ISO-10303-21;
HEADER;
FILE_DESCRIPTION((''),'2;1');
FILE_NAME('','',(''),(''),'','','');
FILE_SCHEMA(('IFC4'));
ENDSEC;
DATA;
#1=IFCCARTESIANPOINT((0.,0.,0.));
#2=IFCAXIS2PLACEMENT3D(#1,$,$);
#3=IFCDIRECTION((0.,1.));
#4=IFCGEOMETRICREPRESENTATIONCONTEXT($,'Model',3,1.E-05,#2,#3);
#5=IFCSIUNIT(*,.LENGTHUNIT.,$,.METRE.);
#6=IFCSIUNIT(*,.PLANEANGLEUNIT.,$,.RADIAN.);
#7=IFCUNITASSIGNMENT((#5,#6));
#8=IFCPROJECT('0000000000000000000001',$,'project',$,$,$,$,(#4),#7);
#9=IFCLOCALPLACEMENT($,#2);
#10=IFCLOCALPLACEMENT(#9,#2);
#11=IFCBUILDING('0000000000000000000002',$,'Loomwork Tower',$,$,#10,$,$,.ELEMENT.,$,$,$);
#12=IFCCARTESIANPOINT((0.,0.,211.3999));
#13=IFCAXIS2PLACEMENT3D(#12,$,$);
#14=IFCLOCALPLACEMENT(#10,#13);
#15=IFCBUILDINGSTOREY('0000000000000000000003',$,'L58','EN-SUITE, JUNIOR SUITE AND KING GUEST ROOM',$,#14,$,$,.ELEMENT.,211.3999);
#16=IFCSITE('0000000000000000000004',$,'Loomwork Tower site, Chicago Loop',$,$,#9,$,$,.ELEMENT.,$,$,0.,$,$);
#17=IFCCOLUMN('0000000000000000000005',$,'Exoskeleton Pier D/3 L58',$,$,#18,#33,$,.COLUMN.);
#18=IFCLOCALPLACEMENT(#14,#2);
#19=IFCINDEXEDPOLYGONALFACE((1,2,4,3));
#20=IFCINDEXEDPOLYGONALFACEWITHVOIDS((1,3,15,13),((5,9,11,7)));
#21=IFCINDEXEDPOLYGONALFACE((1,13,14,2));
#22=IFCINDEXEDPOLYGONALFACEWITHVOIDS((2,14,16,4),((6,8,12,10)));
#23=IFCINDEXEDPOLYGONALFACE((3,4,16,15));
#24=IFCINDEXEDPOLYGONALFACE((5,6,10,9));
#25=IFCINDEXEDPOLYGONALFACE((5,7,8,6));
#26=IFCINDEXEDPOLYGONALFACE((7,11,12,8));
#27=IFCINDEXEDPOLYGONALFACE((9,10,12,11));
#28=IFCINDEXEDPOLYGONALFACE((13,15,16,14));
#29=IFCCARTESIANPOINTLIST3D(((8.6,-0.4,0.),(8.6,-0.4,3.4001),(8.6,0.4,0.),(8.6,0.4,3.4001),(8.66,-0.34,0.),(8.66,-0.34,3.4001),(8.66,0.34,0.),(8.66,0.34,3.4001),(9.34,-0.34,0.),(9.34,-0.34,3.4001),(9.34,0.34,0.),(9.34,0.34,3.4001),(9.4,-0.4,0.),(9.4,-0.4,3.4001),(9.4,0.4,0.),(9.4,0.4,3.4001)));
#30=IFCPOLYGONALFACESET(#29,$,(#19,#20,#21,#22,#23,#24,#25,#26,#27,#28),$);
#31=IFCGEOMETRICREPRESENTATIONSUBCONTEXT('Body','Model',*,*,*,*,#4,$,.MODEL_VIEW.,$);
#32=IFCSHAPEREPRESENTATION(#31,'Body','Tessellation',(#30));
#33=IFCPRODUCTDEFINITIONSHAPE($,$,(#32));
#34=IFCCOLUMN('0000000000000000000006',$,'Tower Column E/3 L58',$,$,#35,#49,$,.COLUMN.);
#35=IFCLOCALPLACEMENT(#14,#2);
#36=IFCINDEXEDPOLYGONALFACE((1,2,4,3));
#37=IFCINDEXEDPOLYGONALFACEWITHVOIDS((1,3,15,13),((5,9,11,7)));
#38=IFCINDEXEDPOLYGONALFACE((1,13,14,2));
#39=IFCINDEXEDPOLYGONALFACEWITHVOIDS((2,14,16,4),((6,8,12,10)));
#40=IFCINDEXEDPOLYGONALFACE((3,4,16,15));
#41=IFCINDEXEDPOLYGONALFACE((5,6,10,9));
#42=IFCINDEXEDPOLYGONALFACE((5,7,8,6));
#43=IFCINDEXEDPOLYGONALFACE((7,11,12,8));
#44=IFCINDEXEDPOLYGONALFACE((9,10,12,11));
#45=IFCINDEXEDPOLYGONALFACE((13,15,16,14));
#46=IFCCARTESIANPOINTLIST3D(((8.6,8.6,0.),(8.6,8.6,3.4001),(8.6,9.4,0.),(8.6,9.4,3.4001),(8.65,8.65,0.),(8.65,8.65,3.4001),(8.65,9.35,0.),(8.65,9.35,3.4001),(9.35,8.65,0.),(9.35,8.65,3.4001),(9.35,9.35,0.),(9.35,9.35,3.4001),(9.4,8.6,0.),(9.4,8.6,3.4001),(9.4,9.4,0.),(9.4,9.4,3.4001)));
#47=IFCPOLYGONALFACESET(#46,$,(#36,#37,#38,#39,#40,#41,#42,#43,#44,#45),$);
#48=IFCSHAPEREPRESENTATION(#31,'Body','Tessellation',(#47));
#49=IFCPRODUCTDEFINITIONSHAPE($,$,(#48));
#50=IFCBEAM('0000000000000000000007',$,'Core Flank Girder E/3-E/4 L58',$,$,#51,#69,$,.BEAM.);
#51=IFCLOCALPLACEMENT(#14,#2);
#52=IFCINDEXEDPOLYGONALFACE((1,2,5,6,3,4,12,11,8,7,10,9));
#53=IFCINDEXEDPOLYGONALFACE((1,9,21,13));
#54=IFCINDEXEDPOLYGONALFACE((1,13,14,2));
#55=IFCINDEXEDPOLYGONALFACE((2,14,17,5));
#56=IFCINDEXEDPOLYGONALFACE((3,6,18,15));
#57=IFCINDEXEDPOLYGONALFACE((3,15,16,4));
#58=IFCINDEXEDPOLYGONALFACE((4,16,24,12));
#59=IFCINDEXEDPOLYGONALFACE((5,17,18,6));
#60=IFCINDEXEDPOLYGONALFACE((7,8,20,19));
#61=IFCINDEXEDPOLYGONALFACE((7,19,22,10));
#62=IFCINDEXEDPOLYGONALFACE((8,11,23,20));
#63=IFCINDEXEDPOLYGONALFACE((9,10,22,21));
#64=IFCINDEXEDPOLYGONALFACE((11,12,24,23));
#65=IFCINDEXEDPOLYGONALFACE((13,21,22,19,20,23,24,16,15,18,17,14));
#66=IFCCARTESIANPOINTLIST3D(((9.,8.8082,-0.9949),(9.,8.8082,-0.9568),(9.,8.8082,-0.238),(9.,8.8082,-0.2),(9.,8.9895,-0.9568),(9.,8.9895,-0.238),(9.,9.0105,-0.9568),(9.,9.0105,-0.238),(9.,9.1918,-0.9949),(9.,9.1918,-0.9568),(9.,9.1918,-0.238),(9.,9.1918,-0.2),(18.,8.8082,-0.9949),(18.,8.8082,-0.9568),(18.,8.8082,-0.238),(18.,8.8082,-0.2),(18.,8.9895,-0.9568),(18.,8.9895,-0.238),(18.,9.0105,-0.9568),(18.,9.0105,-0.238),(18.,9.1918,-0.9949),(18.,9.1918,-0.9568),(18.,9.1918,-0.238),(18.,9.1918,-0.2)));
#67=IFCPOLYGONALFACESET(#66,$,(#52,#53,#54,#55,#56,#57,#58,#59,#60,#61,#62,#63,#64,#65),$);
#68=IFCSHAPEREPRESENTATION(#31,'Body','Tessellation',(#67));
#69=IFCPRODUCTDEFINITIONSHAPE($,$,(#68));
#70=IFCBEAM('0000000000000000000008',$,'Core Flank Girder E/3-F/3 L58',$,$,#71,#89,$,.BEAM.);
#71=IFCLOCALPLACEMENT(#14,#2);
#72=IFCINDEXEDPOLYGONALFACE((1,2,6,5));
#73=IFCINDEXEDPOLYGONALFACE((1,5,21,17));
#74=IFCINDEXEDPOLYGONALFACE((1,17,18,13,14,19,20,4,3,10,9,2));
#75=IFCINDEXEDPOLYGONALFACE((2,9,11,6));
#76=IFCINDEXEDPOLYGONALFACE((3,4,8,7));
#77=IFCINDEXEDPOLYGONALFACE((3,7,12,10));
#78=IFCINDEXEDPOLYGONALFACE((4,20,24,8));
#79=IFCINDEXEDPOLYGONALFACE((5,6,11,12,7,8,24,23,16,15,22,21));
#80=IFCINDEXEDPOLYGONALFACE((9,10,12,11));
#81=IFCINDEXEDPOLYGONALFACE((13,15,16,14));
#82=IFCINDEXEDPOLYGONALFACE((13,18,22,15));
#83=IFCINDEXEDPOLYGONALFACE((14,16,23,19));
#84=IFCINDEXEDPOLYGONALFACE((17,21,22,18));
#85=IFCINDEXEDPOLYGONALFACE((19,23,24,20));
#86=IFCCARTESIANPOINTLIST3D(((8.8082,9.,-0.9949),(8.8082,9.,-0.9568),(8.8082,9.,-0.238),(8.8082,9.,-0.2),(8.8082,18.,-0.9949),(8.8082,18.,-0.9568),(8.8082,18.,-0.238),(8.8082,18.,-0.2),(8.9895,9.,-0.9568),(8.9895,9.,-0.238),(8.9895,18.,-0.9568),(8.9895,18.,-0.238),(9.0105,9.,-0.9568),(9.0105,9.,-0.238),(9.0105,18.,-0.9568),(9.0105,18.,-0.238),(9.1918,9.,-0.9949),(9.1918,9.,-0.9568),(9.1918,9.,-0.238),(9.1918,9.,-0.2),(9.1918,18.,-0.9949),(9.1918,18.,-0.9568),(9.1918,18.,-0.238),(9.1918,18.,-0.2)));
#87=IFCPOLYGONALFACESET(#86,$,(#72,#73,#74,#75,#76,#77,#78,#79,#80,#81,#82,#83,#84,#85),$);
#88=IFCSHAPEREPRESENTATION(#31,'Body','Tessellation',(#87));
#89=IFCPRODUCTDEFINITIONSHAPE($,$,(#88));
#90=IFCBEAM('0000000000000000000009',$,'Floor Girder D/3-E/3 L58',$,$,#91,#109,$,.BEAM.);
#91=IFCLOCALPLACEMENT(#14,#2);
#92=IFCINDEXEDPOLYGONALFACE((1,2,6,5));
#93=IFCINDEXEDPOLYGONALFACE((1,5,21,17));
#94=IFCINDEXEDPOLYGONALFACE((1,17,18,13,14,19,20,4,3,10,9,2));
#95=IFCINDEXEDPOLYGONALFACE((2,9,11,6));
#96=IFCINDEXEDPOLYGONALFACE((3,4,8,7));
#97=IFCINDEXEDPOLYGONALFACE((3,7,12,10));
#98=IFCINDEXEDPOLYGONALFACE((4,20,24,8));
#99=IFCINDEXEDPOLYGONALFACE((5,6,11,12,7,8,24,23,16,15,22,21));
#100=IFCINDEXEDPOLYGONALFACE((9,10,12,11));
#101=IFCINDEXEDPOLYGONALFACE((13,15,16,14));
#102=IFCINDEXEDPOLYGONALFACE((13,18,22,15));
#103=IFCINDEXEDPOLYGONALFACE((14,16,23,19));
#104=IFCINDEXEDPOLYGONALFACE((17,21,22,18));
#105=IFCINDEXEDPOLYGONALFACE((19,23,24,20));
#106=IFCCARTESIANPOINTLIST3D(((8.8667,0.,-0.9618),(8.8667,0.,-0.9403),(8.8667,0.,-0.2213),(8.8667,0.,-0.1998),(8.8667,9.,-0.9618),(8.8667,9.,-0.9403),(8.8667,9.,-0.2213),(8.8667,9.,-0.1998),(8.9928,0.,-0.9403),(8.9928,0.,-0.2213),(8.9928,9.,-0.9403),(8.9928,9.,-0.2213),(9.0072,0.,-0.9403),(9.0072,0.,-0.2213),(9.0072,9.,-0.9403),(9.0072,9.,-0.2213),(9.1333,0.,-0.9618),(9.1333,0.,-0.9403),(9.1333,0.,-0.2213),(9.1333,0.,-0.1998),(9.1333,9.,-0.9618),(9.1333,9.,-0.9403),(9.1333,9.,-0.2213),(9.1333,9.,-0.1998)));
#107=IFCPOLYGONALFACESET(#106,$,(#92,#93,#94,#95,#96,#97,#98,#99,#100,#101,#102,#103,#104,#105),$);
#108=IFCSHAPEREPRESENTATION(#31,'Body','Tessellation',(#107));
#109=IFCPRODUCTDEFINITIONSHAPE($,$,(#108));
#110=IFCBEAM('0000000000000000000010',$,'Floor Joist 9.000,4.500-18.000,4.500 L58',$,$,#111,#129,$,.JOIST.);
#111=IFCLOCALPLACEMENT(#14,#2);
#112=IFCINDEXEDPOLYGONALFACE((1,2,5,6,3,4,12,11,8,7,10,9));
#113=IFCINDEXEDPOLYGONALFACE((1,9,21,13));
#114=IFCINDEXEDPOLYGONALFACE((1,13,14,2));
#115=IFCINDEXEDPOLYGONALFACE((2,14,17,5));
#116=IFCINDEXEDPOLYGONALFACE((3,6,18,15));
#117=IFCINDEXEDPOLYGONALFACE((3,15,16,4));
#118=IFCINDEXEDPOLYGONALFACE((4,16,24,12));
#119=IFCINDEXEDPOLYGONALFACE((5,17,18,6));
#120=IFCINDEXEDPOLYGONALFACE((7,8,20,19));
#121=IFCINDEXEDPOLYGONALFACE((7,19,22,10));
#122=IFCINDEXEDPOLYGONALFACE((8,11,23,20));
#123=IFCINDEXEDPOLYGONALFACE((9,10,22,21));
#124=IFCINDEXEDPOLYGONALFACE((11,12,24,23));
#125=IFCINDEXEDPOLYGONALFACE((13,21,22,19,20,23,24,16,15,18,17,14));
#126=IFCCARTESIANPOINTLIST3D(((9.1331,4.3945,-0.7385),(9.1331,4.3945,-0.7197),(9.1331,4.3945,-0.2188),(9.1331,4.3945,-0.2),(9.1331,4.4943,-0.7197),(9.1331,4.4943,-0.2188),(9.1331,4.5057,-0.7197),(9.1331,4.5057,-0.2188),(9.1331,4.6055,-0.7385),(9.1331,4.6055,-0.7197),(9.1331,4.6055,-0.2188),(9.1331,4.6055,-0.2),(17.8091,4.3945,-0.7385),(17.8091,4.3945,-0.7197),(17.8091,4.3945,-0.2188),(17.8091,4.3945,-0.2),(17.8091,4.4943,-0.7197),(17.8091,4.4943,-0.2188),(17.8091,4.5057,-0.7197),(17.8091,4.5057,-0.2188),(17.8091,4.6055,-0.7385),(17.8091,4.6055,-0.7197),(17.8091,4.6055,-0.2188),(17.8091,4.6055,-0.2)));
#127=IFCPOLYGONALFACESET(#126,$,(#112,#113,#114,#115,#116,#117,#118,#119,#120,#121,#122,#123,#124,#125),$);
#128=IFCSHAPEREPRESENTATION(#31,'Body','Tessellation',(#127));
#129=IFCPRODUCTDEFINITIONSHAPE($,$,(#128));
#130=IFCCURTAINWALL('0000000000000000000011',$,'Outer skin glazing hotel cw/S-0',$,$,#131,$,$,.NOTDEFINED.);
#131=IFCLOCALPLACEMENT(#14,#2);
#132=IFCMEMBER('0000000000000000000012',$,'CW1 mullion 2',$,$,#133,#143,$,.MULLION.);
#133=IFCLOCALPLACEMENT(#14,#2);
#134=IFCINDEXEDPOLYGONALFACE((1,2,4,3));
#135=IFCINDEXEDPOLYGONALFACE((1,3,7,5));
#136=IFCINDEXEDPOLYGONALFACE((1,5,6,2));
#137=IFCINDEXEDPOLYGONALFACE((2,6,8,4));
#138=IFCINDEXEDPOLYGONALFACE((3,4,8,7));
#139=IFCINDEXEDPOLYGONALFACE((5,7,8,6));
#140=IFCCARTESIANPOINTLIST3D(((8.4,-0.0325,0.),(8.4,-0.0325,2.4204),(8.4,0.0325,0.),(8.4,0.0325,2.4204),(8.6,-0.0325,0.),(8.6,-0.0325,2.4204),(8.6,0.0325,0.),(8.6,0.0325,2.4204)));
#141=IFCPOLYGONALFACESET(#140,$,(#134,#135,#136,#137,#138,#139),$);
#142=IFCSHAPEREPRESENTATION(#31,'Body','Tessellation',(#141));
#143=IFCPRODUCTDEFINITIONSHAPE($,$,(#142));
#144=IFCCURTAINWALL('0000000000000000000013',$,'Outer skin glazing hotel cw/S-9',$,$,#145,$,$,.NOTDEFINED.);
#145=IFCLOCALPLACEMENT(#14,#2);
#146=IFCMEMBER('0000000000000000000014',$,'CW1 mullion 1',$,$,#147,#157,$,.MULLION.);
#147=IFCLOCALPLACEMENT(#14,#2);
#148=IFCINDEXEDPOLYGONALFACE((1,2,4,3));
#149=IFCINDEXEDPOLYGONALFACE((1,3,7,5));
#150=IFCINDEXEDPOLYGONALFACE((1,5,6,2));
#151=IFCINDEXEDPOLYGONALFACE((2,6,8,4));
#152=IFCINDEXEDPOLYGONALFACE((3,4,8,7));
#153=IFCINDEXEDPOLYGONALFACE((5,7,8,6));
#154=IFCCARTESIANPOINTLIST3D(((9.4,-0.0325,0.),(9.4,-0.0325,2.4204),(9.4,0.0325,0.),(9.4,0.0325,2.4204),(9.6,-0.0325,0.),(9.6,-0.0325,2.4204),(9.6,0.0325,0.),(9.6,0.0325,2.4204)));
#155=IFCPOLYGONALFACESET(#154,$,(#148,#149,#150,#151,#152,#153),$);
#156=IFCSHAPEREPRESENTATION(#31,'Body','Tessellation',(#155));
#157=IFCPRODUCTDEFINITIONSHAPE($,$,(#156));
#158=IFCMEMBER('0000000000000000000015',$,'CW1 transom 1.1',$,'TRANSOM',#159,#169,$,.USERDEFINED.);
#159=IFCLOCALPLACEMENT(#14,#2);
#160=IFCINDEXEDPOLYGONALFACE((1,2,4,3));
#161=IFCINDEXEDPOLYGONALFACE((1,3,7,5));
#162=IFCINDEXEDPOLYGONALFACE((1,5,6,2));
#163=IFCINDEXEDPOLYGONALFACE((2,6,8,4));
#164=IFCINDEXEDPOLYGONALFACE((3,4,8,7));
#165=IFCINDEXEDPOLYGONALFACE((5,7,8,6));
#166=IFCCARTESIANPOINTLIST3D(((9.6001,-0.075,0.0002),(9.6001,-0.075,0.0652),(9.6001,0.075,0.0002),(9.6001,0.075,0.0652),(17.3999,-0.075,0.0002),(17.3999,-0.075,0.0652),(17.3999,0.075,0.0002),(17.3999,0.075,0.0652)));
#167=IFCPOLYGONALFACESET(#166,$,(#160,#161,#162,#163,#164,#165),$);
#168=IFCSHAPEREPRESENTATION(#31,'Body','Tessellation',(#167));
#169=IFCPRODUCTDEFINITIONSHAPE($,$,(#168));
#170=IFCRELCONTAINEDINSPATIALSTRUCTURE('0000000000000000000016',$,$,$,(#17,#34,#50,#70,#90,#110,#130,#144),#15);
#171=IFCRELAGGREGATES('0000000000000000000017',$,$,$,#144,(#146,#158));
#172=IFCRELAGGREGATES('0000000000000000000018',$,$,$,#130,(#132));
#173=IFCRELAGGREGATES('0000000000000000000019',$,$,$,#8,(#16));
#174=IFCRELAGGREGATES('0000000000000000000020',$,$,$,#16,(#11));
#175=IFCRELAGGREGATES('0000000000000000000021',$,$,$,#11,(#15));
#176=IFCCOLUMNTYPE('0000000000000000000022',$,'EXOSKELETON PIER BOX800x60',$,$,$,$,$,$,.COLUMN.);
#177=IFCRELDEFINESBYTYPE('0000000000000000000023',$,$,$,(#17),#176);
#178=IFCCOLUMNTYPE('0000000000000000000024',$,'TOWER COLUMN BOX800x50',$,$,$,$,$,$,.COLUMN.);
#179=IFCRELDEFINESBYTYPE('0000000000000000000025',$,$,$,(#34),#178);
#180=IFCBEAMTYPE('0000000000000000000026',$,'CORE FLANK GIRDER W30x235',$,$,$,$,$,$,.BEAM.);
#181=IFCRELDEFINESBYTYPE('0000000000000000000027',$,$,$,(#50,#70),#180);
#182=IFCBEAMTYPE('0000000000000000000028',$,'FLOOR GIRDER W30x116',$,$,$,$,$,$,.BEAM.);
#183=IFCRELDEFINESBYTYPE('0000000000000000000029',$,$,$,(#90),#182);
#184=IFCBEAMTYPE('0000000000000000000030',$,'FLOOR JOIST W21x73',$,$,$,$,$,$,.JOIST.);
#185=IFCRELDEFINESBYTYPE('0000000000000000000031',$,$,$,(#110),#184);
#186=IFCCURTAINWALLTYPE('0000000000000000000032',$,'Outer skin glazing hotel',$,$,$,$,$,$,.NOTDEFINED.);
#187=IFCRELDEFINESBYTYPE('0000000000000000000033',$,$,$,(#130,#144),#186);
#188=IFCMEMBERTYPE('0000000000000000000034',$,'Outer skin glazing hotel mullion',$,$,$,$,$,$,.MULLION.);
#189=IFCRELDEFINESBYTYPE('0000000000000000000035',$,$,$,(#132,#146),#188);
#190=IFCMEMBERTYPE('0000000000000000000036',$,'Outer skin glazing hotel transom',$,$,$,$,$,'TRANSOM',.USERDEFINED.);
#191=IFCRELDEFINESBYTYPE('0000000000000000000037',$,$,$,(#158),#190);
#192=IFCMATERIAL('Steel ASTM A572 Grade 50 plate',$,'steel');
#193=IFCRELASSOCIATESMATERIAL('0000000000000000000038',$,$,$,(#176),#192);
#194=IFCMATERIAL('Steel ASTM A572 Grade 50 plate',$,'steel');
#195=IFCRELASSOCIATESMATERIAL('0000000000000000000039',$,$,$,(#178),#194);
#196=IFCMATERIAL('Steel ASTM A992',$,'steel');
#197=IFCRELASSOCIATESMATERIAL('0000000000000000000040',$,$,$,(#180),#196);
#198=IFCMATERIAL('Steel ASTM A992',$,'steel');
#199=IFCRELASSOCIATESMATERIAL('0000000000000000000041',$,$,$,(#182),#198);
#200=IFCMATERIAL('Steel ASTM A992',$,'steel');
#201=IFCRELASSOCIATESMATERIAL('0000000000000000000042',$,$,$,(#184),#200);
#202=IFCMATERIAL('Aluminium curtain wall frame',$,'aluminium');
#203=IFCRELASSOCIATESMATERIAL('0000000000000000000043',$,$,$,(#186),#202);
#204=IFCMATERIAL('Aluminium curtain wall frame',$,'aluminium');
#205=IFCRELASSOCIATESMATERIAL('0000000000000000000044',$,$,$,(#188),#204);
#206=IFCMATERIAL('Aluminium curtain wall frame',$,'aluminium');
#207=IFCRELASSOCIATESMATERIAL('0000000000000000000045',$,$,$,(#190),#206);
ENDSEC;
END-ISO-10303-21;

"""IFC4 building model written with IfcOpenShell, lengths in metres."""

from ifc_helpers import new_model, si_unit, direction, frame, origin, origin_2d, place, context, subcontext, project, spatial, rectangle, hollow_rectangle, i_section, extrude, material, material_profile, profile_set, type_object, element, aggregate, save


model = new_model("IFC4")

# Units and contexts
model_context = context("Model", 3, precision=1e-05, world=origin(), true_north=direction((0.0, 1.0)))
body_context = subcontext(model_context, "Body", "Model", "MODEL_VIEW")
ifc_project = project(units=[si_unit("LENGTHUNIT", "METRE"), si_unit("PLANEANGLEUNIT", "RADIAN")], contexts=[model_context])

# Site, building, storey
site_placement = place(None, origin())
site = spatial("IfcSite", under=ifc_project, at=site_placement, Name="Loomwork Tower site, Chicago Loop", CompositionType="ELEMENT", RefElevation=0.0)
building_placement = place(site_placement, origin())
building = spatial("IfcBuilding", under=site, at=building_placement, Name="Loomwork Tower", CompositionType="ELEMENT")
storey_placement = place(building_placement, frame((0.0, 0.0, 211.3999)))
storey = spatial("IfcBuildingStorey", under=building, at=storey_placement, Name="L58", Description="EN-SUITE, JUNIOR SUITE AND KING GUEST ROOM", CompositionType="ELEMENT", Elevation=211.3999)

# Columns
ifc_material_1 = material(Name="Steel ASTM A572 Grade 50 plate", Category="steel")
ifc_material_profile_1 = material_profile(ifc_material_1, hollow_rectangle(XDim=0.8, YDim=0.8, WallThickness=0.0601, at=origin_2d()), Name="BOX800x60")
ifc_profile_set_1 = profile_set([ifc_material_profile_1], Name="Steel ASTM A572 Grade 50 plate")
column_type_1 = type_object("IfcColumnType", Name="EXOSKELETON PIER BOX800x60", PredefinedType="COLUMN", material=ifc_profile_set_1)
column_1_placement = place(storey_placement, frame((9.0, 0.0, 0.0), z_axis=(0.0, 0.0, 1.0), x_axis=(1.0, 0.0, 0.0)))
element("IfcColumn", 1, at=column_1_placement, inside=storey, type_object=column_type_1, Name="Exoskeleton Pier D/3 L58", PredefinedType="COLUMN", context=body_context, shape_type="SweptSolid", body=[
    extrude(hollow_rectangle(XDim=0.8, YDim=0.8, WallThickness=0.0601, at=origin_2d()), origin(), (0.0, 0.0, 1.0), 3.4001),
])
ifc_material_2 = material(Name="Steel ASTM A572 Grade 50 plate", Category="steel")
ifc_material_profile_2 = material_profile(ifc_material_2, hollow_rectangle(XDim=0.8, YDim=0.8, WallThickness=0.05, at=origin_2d()), Name="BOX800x50")
ifc_profile_set_2 = profile_set([ifc_material_profile_2], Name="Steel ASTM A572 Grade 50 plate")
column_type_2 = type_object("IfcColumnType", Name="TOWER COLUMN BOX800x50", PredefinedType="COLUMN", material=ifc_profile_set_2)
column_2_placement = place(storey_placement, frame((9.0, 9.0, 0.0), z_axis=(0.0, 0.0, 1.0), x_axis=(1.0, 0.0, 0.0)))
element("IfcColumn", 2, at=column_2_placement, inside=storey, type_object=column_type_2, Name="Tower Column E/3 L58", PredefinedType="COLUMN", context=body_context, shape_type="SweptSolid", body=[
    extrude(hollow_rectangle(XDim=0.8, YDim=0.8, WallThickness=0.05, at=origin_2d()), origin(), (0.0, 0.0, 1.0), 3.4001),
])

# Beams
ifc_material_3 = material(Name="Steel ASTM A992", Category="steel")
ifc_material_profile_3 = material_profile(ifc_material_3, i_section(OverallWidth=0.3835, OverallDepth=0.7949, WebThickness=0.021, FlangeThickness=0.0381, at=origin_2d()), Name="W30x235")
ifc_profile_set_3 = profile_set([ifc_material_profile_3], Name="Steel ASTM A992")
beam_type_1 = type_object("IfcBeamType", Name="CORE FLANK GIRDER W30x235", PredefinedType="BEAM", material=ifc_profile_set_3)
for number, where, z_axis, x_axis, name in (
    (3, (9.0, 9.0, -0.5974), (1.0, 0.0, 0.0), (0.0, 1.0, 0.0), "Core Flank Girder E/3-E/4 L58"),
    (4, (9.0, 9.0, -0.5974), (0.0, 1.0, 0.0), (-1.0, 0.0, 0.0), "Core Flank Girder E/3-F/3 L58"),
):
    element("IfcBeam", number, at=place(storey_placement, frame(where, z_axis=z_axis, x_axis=x_axis)), inside=storey, type_object=beam_type_1, Name=name, PredefinedType="BEAM", context=body_context, shape_type="SweptSolid", body=[
        extrude(i_section(OverallWidth=0.3835, OverallDepth=0.7949, WebThickness=0.021, FlangeThickness=0.0381, at=origin_2d()), origin(), (0.0, 0.0, 1.0), 9.0),
    ])
ifc_material_4 = material(Name="Steel ASTM A992", Category="steel")
ifc_material_profile_4 = material_profile(ifc_material_4, i_section(OverallWidth=0.2666, OverallDepth=0.762, WebThickness=0.0144, FlangeThickness=0.0215, at=origin_2d()), Name="W30x116")
ifc_profile_set_4 = profile_set([ifc_material_profile_4], Name="Steel ASTM A992")
beam_type_2 = type_object("IfcBeamType", Name="FLOOR GIRDER W30x116", PredefinedType="BEAM", material=ifc_profile_set_4)
beam_1_placement = place(storey_placement, frame((9.0, 0.0, -0.5808), z_axis=(0.0, 1.0, 0.0), x_axis=(-1.0, 0.0, 0.0)))
element("IfcBeam", 5, at=beam_1_placement, inside=storey, type_object=beam_type_2, Name="Floor Girder D/3-E/3 L58", PredefinedType="BEAM", context=body_context, shape_type="SweptSolid", body=[
    extrude(i_section(OverallWidth=0.2666, OverallDepth=0.762, WebThickness=0.0144, FlangeThickness=0.0215, at=origin_2d()), origin(), (0.0, 0.0, 1.0), 9.0),
])
ifc_material_5 = material(Name="Steel ASTM A992", Category="steel")
ifc_material_profile_5 = material_profile(ifc_material_5, i_section(OverallWidth=0.2109, OverallDepth=0.5386, WebThickness=0.0115, FlangeThickness=0.0188, at=origin_2d()), Name="W21x73")
ifc_profile_set_5 = profile_set([ifc_material_profile_5], Name="Steel ASTM A992")
beam_type_3 = type_object("IfcBeamType", Name="FLOOR JOIST W21x73", PredefinedType="JOIST", material=ifc_profile_set_5)
beam_2_placement = place(storey_placement, frame((9.1331, 4.5, -0.4692), z_axis=(1.0, 0.0, 0.0), x_axis=(0.0, 1.0, 0.0)))
element("IfcBeam", 6, at=beam_2_placement, inside=storey, type_object=beam_type_3, Name="Floor Joist 9.000,4.500-18.000,4.500 L58", PredefinedType="JOIST", context=body_context, shape_type="SweptSolid", body=[
    extrude(i_section(OverallWidth=0.2109, OverallDepth=0.5386, WebThickness=0.0115, FlangeThickness=0.0188, at=origin_2d()), origin(), (0.0, 0.0, 1.0), 8.676),
])

# Curtain wall, member
ifc_material_6 = material(Name="Aluminium curtain wall frame", Category="aluminium")
curtain_wall_type = type_object("IfcCurtainWallType", Name="Outer skin glazing hotel", PredefinedType="NOTDEFINED", material=ifc_material_6)
curtain_wall_1_placement = place(storey_placement, origin())
curtain_wall_1 = element("IfcCurtainWall", 7, at=curtain_wall_1_placement, inside=storey, type_object=curtain_wall_type, Name="Outer skin glazing hotel cw/S-0", PredefinedType="NOTDEFINED")
ifc_material_7 = material(Name="Aluminium curtain wall frame", Category="aluminium")
ifc_material_profile_6 = material_profile(ifc_material_7, rectangle(XDim=0.0649, YDim=0.2, at=origin_2d()), Name="AL 65x200")
ifc_profile_set_6 = profile_set([ifc_material_profile_6], Name="Aluminium curtain wall frame")
member_type_1 = type_object("IfcMemberType", Name="Outer skin glazing hotel mullion", PredefinedType="MULLION", material=ifc_profile_set_6)
member_1_placement = place(storey_placement, frame((8.5, 0.0, 0.0), z_axis=(0.0, 0.0, 1.0), x_axis=(0.0, 1.0, 0.0)))
member_1 = element("IfcMember", 8, at=member_1_placement, type_object=member_type_1, Name="CW1 mullion 2", PredefinedType="MULLION", context=body_context, shape_type="SweptSolid", body=[
    extrude(rectangle(XDim=0.0649, YDim=0.2, at=origin_2d()), origin(), (0.0, 0.0, 1.0), 2.4204),
])

# Curtain wall, members
curtain_wall_2_placement = place(storey_placement, origin())
curtain_wall_2 = element("IfcCurtainWall", 9, at=curtain_wall_2_placement, inside=storey, type_object=curtain_wall_type, Name="Outer skin glazing hotel cw/S-9", PredefinedType="NOTDEFINED")
member_2_placement = place(storey_placement, frame((9.5, 0.0, 0.0), z_axis=(0.0, 0.0, 1.0), x_axis=(0.0, 1.0, 0.0)))
member_2 = element("IfcMember", 10, at=member_2_placement, type_object=member_type_1, Name="CW1 mullion 1", PredefinedType="MULLION", context=body_context, shape_type="SweptSolid", body=[
    extrude(rectangle(XDim=0.0649, YDim=0.2, at=origin_2d()), origin(), (0.0, 0.0, 1.0), 2.4204),
])
ifc_material_8 = material(Name="Aluminium curtain wall frame", Category="aluminium")
ifc_material_profile_7 = material_profile(ifc_material_8, rectangle(XDim=0.1499, YDim=0.0649, at=origin_2d()), Name="AL 65x150")
ifc_profile_set_7 = profile_set([ifc_material_profile_7], Name="Aluminium curtain wall frame")
member_type_2 = type_object("IfcMemberType", Name="Outer skin glazing hotel transom", ElementType="TRANSOM", PredefinedType="USERDEFINED", material=ifc_profile_set_7)
member_3_placement = place(storey_placement, frame((9.6001, 0.0, 0.0327), z_axis=(1.0, 0.0, 0.0), x_axis=(0.0, 1.0, 0.0)))
member_3 = element("IfcMember", 11, at=member_3_placement, type_object=member_type_2, Name="CW1 transom 1.1", ObjectType="TRANSOM", PredefinedType="USERDEFINED", context=body_context, shape_type="SweptSolid", body=[
    extrude(rectangle(XDim=0.1499, YDim=0.0649, at=origin_2d()), origin(), (0.0, 0.0, 1.0), 7.7998),
])
aggregate(curtain_wall_2, [member_2, member_3])

aggregate(curtain_wall_1, [member_1])

save(model, "model.ifc")
